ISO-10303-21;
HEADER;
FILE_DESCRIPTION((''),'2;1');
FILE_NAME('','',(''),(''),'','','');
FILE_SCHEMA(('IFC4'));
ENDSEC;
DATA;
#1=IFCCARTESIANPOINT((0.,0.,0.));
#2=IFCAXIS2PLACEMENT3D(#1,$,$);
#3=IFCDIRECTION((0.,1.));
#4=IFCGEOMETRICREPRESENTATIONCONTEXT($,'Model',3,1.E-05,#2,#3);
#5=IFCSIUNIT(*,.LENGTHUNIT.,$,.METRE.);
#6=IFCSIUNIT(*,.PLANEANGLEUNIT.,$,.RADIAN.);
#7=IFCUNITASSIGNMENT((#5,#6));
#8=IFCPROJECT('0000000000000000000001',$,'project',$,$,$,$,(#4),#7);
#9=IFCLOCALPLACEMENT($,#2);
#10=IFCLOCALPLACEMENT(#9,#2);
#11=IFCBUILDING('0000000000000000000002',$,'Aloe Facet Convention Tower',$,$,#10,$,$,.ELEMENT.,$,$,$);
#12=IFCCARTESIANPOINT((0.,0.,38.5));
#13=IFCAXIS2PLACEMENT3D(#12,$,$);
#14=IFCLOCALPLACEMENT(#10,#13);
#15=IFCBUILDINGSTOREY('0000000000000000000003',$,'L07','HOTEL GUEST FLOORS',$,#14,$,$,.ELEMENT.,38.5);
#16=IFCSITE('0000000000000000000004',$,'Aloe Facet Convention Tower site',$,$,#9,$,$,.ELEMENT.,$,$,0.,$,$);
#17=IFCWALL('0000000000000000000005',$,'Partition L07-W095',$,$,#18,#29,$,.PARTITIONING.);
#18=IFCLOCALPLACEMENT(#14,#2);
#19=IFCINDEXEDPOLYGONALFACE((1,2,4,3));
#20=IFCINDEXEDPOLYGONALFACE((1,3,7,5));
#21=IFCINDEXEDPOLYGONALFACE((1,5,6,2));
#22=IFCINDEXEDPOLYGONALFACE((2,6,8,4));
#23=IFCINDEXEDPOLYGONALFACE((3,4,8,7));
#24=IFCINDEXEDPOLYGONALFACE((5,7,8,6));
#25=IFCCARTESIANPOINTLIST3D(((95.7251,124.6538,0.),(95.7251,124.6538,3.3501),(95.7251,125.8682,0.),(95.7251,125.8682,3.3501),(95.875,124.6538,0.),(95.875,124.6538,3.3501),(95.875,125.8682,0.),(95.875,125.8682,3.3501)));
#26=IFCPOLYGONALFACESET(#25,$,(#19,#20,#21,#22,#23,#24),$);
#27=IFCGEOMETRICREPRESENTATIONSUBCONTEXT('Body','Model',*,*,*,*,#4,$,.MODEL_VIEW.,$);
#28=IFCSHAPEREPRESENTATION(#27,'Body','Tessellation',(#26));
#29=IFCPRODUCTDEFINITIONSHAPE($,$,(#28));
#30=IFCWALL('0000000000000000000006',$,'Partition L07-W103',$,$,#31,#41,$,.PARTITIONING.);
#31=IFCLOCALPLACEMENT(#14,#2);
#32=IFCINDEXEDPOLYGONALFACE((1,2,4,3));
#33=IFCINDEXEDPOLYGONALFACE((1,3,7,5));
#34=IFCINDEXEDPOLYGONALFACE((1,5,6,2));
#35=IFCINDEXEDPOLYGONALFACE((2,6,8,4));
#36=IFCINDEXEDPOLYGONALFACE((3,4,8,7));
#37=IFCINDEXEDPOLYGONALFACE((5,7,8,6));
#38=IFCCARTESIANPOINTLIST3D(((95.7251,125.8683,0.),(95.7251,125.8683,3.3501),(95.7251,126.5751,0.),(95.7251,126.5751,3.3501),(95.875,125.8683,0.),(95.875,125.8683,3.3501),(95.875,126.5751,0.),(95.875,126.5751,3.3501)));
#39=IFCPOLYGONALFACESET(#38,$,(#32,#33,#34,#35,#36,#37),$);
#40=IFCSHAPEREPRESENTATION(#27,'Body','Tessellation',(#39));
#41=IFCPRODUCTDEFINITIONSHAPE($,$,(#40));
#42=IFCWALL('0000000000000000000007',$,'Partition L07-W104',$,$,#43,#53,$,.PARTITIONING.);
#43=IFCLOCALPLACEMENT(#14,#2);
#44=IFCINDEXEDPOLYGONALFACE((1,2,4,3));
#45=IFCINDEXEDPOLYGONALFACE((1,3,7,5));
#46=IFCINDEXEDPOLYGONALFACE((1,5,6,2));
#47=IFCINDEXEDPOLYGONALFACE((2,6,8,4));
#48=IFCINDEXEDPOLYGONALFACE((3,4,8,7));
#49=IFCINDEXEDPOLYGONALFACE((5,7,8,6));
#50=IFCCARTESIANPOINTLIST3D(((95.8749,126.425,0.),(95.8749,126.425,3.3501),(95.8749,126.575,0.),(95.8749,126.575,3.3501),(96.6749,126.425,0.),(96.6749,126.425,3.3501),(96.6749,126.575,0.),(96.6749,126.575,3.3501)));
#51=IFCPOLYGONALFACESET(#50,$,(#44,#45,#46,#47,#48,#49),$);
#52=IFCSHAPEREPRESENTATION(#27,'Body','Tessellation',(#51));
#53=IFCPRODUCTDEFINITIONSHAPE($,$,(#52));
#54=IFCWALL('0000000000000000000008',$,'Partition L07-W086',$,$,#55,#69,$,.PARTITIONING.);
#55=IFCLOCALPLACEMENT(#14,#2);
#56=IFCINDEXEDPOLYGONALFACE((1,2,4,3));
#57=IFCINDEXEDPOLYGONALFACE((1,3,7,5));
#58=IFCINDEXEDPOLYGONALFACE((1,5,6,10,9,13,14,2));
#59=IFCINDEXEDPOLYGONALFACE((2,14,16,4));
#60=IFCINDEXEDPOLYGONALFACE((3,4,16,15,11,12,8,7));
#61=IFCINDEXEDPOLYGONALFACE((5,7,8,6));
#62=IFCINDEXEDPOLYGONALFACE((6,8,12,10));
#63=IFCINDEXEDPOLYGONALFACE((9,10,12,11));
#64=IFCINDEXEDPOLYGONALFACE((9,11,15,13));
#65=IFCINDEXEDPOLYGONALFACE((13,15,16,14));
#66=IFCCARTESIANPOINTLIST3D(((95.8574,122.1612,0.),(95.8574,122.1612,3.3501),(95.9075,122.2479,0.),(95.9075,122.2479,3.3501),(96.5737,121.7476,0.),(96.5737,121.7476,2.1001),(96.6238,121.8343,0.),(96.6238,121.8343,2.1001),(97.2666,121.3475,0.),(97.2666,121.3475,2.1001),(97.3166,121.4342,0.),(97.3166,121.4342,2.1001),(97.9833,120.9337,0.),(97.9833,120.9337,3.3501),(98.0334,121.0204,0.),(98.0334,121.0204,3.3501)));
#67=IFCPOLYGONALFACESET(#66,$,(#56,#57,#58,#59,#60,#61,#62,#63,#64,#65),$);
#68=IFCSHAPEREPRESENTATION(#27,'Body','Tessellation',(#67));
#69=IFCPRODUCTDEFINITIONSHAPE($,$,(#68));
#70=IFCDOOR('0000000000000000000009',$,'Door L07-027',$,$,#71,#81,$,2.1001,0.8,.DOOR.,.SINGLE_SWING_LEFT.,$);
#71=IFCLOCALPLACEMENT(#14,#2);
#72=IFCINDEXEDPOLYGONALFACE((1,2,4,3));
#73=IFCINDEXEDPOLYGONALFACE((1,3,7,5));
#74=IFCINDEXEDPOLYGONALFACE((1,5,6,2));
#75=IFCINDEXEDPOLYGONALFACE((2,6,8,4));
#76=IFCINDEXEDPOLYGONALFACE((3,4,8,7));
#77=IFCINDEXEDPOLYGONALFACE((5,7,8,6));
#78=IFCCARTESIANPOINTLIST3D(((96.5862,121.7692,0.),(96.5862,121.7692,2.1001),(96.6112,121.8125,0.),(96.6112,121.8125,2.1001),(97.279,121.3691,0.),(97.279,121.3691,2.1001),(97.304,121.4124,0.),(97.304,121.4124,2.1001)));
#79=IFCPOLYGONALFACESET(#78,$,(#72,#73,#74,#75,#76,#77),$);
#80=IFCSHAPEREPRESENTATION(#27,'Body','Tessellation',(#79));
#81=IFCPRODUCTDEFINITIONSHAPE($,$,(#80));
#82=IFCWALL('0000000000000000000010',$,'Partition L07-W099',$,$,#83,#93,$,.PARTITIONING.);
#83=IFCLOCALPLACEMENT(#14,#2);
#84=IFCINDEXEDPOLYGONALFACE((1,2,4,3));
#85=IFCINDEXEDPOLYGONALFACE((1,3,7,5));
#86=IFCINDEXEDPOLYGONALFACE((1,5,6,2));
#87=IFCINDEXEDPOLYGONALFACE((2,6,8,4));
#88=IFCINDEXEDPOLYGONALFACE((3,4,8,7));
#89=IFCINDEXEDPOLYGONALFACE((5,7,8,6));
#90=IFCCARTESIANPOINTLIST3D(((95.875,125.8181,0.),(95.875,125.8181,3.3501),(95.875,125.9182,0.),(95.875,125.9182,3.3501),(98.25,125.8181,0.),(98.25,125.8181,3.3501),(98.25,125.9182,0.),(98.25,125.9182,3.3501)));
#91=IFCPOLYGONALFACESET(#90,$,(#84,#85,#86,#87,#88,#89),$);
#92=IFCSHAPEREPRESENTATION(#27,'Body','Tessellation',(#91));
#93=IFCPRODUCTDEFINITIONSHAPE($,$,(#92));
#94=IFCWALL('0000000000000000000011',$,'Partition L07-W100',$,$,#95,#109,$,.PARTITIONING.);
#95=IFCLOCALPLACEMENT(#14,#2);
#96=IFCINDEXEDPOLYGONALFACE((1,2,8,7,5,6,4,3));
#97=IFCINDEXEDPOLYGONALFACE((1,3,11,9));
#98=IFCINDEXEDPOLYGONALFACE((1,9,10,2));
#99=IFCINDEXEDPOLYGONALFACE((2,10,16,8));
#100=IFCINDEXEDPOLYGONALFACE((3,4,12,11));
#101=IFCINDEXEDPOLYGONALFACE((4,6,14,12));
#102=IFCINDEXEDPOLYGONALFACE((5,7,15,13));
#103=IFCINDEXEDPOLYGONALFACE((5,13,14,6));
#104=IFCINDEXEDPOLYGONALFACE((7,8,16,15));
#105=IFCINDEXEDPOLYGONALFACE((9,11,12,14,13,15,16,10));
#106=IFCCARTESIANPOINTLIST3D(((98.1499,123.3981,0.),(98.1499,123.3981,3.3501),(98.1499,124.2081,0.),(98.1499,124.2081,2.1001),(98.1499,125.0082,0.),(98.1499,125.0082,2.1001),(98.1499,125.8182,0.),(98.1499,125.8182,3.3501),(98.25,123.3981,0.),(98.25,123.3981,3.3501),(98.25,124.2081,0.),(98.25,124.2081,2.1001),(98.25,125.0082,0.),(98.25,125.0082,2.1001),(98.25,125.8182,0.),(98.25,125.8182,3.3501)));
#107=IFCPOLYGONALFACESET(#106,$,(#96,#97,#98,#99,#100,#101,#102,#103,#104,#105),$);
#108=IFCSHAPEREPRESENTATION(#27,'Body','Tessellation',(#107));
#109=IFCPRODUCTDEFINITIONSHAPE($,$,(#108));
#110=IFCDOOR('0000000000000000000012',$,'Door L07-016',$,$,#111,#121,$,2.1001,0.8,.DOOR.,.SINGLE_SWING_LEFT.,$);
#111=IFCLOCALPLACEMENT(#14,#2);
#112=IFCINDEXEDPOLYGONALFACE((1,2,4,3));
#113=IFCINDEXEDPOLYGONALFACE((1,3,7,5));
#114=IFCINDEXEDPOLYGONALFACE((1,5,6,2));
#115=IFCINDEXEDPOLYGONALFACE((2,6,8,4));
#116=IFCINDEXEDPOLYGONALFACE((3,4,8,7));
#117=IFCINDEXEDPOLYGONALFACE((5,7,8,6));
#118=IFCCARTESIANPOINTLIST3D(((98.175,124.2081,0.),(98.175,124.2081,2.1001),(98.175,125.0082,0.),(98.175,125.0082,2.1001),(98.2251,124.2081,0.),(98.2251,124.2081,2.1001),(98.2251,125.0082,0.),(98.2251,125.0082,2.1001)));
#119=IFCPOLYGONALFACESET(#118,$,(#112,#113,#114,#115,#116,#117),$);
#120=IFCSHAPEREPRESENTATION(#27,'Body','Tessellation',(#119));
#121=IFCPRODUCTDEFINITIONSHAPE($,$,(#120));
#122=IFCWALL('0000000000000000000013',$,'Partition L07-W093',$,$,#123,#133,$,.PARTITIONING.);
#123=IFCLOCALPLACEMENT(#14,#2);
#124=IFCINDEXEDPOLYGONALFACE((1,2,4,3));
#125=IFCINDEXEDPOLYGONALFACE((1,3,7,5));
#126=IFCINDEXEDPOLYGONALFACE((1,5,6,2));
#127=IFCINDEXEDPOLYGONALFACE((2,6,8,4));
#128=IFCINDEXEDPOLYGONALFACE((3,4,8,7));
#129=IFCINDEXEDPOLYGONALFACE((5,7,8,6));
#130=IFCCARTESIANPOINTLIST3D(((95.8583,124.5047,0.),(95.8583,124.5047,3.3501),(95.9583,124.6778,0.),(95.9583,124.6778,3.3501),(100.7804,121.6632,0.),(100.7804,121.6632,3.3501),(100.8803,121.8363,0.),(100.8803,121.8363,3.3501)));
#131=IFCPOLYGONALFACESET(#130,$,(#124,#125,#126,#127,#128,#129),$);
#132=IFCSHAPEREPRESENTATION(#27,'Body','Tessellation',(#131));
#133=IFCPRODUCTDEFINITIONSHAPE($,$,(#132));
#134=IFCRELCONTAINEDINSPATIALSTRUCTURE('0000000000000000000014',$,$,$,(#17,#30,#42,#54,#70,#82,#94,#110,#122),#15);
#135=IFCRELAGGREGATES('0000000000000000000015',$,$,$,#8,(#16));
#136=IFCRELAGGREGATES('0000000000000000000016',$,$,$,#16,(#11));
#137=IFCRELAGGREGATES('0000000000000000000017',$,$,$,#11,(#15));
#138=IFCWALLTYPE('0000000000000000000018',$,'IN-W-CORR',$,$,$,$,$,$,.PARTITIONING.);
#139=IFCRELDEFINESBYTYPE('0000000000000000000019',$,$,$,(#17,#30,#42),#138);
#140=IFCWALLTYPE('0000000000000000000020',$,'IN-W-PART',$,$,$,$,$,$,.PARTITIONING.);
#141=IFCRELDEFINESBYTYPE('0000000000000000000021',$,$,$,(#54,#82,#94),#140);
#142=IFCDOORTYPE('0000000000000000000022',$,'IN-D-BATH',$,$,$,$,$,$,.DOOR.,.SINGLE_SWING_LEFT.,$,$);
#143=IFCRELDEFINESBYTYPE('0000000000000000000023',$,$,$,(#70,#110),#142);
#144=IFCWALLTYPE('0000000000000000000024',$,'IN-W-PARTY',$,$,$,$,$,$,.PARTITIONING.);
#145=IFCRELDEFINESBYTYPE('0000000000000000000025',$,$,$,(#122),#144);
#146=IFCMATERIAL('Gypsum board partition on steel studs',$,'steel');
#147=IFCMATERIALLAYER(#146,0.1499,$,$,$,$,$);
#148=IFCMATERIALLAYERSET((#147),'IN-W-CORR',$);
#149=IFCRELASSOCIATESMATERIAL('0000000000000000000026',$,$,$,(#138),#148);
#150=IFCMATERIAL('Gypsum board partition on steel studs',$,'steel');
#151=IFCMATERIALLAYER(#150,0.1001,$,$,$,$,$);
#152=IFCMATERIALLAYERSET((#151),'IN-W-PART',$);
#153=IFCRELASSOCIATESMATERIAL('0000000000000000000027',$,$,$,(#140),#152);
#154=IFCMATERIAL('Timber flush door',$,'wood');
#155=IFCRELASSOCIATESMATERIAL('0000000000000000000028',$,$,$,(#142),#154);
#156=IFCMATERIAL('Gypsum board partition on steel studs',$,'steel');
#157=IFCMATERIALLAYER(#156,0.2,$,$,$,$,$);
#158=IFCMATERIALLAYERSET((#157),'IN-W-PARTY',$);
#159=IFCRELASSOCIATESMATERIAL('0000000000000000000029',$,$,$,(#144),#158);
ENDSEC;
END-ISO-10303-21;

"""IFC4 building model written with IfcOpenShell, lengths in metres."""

from ifc_helpers import new_model, si_unit, direction, frame, frame_2d, origin, place, context, subcontext, project, spatial, rectangle, extrude, material, layer, layer_set, type_object, element, fill, save


model = new_model("IFC4")

# Units and contexts
model_context = context("Model", 3, precision=1e-05, world=origin(), true_north=direction((0.0, 1.0)))
body_context = subcontext(model_context, "Body", "Model", "MODEL_VIEW")
ifc_project = project(units=[si_unit("LENGTHUNIT", "METRE"), si_unit("PLANEANGLEUNIT", "RADIAN")], contexts=[model_context])

# Site, building, storey
site_placement = place(None, origin())
site = spatial("IfcSite", under=ifc_project, at=site_placement, Name="Aloe Facet Convention Tower site", CompositionType="ELEMENT", RefElevation=0.0)
building_placement = place(site_placement, origin())
building = spatial("IfcBuilding", under=site, at=building_placement, Name="Aloe Facet Convention Tower", CompositionType="ELEMENT")
storey_placement = place(building_placement, frame((0.0, 0.0, 38.5)))
storey = spatial("IfcBuildingStorey", under=building, at=storey_placement, Name="L07", Description="HOTEL GUEST FLOORS", CompositionType="ELEMENT", Elevation=38.5)

# Walls
ifc_material_1 = material(Name="Gypsum board partition on steel studs", Category="steel")
ifc_layer_1 = layer(ifc_material_1, 0.1499)
ifc_layer_set_1 = layer_set([ifc_layer_1], Name="IN-W-CORR")
wall_type_1 = type_object("IfcWallType", Name="IN-W-CORR", PredefinedType="PARTITIONING", material=ifc_layer_set_1)
wall_1_placement = place(storey_placement, frame((95.8, 124.6538, 0.0), z_axis=(0.0, 0.0, 1.0), x_axis=(0.0, 1.0, 0.0)))
element("IfcWall", 1, at=wall_1_placement, inside=storey, type_object=wall_type_1, Name="Partition L07-W095", PredefinedType="PARTITIONING", context=body_context, shape_type="SweptSolid", body=[
    extrude(rectangle(XDim=1.2144, YDim=0.1499, at=frame_2d((0.6072, 0.0))), origin(), (0.0, 0.0, 1.0), 3.3501),
])
wall_2_placement = place(storey_placement, frame((95.8, 125.8682, 0.0), z_axis=(0.0, 0.0, 1.0), x_axis=(0.0, 1.0, 0.0)))
element("IfcWall", 2, at=wall_2_placement, inside=storey, type_object=wall_type_1, Name="Partition L07-W103", PredefinedType="PARTITIONING", context=body_context, shape_type="SweptSolid", body=[
    extrude(rectangle(XDim=0.7068, YDim=0.1499, at=frame_2d((0.3535, 0.0))), origin(), (0.0, 0.0, 1.0), 3.3501),
])
wall_3_placement = place(storey_placement, frame((95.875, 126.5, 0.0), z_axis=(0.0, 0.0, 1.0), x_axis=(1.0, 0.0, 0.0)))
element("IfcWall", 3, at=wall_3_placement, inside=storey, type_object=wall_type_1, Name="Partition L07-W104", PredefinedType="PARTITIONING", context=body_context, shape_type="SweptSolid", body=[
    extrude(rectangle(XDim=0.8, YDim=0.1499, at=frame_2d((0.3999, 0.0))), origin(), (0.0, 0.0, 1.0), 3.3501),
])

# Wall, opening, door
ifc_material_2 = material(Name="Gypsum board partition on steel studs", Category="steel")
ifc_layer_2 = layer(ifc_material_2, 0.1001)
ifc_layer_set_2 = layer_set([ifc_layer_2], Name="IN-W-PART")
wall_type_2 = type_object("IfcWallType", Name="IN-W-PART", PredefinedType="PARTITIONING", material=ifc_layer_set_2)
wall_4_placement = place(storey_placement, frame((95.8823, 122.2046, 0.0), z_axis=(0.0, 0.0, 1.0), x_axis=(0.866007, -0.500032, 0.0)))
wall_4 = element("IfcWall", 4, at=wall_4_placement, inside=storey, type_object=wall_type_2, Name="Partition L07-W086", PredefinedType="PARTITIONING", context=body_context, shape_type="SweptSolid", body=[
    extrude(rectangle(XDim=2.4548, YDim=0.1001, at=frame_2d((1.2275, 0.0))), origin(), (0.0, 0.0, 1.0), 3.3501),
])
opening_1_placement = place(wall_4_placement, frame((0.8274, 0.0, 0.0)))
opening_1 = element("IfcOpeningElement", 5, at=opening_1_placement, cuts=wall_4, PredefinedType="OPENING", context=body_context, shape_type="SweptSolid", body=[
    extrude(rectangle(XDim=0.8, YDim=2.1001, at=frame_2d((0.3999, 1.05))), frame((0.0, 0.0601, 0.0), z_axis=(0.0, -1.0, 0.0), x_axis=(1.0, 0.0, 0.0)), (0.0, 0.0, 1.0), 0.1201),
])
ifc_material_3 = material(Name="Timber flush door", Category="wood")
door_type = type_object("IfcDoorType", Name="IN-D-BATH", OperationType="SINGLE_SWING_LEFT", PredefinedType="DOOR", material=ifc_material_3)
door_1_placement = place(opening_1_placement, origin())
door_1 = element("IfcDoor", 6, at=door_1_placement, inside=storey, type_object=door_type, Name="Door L07-027", OperationType="SINGLE_SWING_LEFT", OverallHeight=2.1001, OverallWidth=0.8, PredefinedType="DOOR", context=body_context, shape_type="SweptSolid", body=[
    extrude(rectangle(XDim=0.8, YDim=2.1001, at=frame_2d((0.3999, 1.05))), frame((0.0, 0.0249, 0.0), z_axis=(0.0, -1.0, 0.0), x_axis=(1.0, 0.0, 0.0)), (0.0, 0.0, 1.0), 0.05),
])
fill(opening_1, door_1)

# Wall
wall_5_placement = place(storey_placement, frame((95.875, 125.8682, 0.0), z_axis=(0.0, 0.0, 1.0), x_axis=(1.0, 0.0, 0.0)))
element("IfcWall", 7, at=wall_5_placement, inside=storey, type_object=wall_type_2, Name="Partition L07-W099", PredefinedType="PARTITIONING", context=body_context, shape_type="SweptSolid", body=[
    extrude(rectangle(XDim=2.375, YDim=0.1001, at=frame_2d((1.1875, 0.0))), origin(), (0.0, 0.0, 1.0), 3.3501),
])

# Wall, opening, door
wall_6_placement = place(storey_placement, frame((98.2, 123.3982, 0.0), z_axis=(0.0, 0.0, 1.0), x_axis=(0.0, 1.0, 0.0)))
wall_6 = element("IfcWall", 8, at=wall_6_placement, inside=storey, type_object=wall_type_2, Name="Partition L07-W100", PredefinedType="PARTITIONING", context=body_context, shape_type="SweptSolid", body=[
    extrude(rectangle(XDim=2.4202, YDim=0.1001, at=frame_2d((1.21, 0.0))), origin(), (0.0, 0.0, 1.0), 3.3501),
])
opening_2_placement = place(wall_6_placement, frame((0.8101, 0.0, 0.0)))
opening_2 = element("IfcOpeningElement", 9, at=opening_2_placement, cuts=wall_6, PredefinedType="OPENING", context=body_context, shape_type="SweptSolid", body=[
    extrude(rectangle(XDim=0.8, YDim=2.1001, at=frame_2d((0.3999, 1.05))), frame((0.0, 0.0601, 0.0), z_axis=(0.0, -1.0, 0.0), x_axis=(1.0, 0.0, 0.0)), (0.0, 0.0, 1.0), 0.1201),
])
door_2_placement = place(opening_2_placement, origin())
door_2 = element("IfcDoor", 10, at=door_2_placement, inside=storey, type_object=door_type, Name="Door L07-016", OperationType="SINGLE_SWING_LEFT", OverallHeight=2.1001, OverallWidth=0.8, PredefinedType="DOOR", context=body_context, shape_type="SweptSolid", body=[
    extrude(rectangle(XDim=0.8, YDim=2.1001, at=frame_2d((0.3999, 1.05))), frame((0.0, 0.0249, 0.0), z_axis=(0.0, -1.0, 0.0), x_axis=(1.0, 0.0, 0.0)), (0.0, 0.0, 1.0), 0.05),
])
fill(opening_2, door_2)

# Wall
ifc_material_4 = material(Name="Gypsum board partition on steel studs", Category="steel")
ifc_layer_3 = layer(ifc_material_4, 0.2)
ifc_layer_set_3 = layer_set([ifc_layer_3], Name="IN-W-PARTY")
wall_type_3 = type_object("IfcWallType", Name="IN-W-PARTY", PredefinedType="PARTITIONING", material=ifc_layer_set_3)
wall_7_placement = place(storey_placement, frame((95.9082, 124.5913, 0.0), z_axis=(0.0, 0.0, 1.0), x_axis=(0.866043, -0.499969, 0.0)))
element("IfcWall", 11, at=wall_7_placement, inside=storey, type_object=wall_type_3, Name="Partition L07-W093", PredefinedType="PARTITIONING", context=body_context, shape_type="SweptSolid", body=[
    extrude(rectangle(XDim=5.6833, YDim=0.2, at=frame_2d((2.8418, 0.0))), origin(), (0.0, 0.0, 1.0), 3.3501),
])

save(model, "model.ifc")
